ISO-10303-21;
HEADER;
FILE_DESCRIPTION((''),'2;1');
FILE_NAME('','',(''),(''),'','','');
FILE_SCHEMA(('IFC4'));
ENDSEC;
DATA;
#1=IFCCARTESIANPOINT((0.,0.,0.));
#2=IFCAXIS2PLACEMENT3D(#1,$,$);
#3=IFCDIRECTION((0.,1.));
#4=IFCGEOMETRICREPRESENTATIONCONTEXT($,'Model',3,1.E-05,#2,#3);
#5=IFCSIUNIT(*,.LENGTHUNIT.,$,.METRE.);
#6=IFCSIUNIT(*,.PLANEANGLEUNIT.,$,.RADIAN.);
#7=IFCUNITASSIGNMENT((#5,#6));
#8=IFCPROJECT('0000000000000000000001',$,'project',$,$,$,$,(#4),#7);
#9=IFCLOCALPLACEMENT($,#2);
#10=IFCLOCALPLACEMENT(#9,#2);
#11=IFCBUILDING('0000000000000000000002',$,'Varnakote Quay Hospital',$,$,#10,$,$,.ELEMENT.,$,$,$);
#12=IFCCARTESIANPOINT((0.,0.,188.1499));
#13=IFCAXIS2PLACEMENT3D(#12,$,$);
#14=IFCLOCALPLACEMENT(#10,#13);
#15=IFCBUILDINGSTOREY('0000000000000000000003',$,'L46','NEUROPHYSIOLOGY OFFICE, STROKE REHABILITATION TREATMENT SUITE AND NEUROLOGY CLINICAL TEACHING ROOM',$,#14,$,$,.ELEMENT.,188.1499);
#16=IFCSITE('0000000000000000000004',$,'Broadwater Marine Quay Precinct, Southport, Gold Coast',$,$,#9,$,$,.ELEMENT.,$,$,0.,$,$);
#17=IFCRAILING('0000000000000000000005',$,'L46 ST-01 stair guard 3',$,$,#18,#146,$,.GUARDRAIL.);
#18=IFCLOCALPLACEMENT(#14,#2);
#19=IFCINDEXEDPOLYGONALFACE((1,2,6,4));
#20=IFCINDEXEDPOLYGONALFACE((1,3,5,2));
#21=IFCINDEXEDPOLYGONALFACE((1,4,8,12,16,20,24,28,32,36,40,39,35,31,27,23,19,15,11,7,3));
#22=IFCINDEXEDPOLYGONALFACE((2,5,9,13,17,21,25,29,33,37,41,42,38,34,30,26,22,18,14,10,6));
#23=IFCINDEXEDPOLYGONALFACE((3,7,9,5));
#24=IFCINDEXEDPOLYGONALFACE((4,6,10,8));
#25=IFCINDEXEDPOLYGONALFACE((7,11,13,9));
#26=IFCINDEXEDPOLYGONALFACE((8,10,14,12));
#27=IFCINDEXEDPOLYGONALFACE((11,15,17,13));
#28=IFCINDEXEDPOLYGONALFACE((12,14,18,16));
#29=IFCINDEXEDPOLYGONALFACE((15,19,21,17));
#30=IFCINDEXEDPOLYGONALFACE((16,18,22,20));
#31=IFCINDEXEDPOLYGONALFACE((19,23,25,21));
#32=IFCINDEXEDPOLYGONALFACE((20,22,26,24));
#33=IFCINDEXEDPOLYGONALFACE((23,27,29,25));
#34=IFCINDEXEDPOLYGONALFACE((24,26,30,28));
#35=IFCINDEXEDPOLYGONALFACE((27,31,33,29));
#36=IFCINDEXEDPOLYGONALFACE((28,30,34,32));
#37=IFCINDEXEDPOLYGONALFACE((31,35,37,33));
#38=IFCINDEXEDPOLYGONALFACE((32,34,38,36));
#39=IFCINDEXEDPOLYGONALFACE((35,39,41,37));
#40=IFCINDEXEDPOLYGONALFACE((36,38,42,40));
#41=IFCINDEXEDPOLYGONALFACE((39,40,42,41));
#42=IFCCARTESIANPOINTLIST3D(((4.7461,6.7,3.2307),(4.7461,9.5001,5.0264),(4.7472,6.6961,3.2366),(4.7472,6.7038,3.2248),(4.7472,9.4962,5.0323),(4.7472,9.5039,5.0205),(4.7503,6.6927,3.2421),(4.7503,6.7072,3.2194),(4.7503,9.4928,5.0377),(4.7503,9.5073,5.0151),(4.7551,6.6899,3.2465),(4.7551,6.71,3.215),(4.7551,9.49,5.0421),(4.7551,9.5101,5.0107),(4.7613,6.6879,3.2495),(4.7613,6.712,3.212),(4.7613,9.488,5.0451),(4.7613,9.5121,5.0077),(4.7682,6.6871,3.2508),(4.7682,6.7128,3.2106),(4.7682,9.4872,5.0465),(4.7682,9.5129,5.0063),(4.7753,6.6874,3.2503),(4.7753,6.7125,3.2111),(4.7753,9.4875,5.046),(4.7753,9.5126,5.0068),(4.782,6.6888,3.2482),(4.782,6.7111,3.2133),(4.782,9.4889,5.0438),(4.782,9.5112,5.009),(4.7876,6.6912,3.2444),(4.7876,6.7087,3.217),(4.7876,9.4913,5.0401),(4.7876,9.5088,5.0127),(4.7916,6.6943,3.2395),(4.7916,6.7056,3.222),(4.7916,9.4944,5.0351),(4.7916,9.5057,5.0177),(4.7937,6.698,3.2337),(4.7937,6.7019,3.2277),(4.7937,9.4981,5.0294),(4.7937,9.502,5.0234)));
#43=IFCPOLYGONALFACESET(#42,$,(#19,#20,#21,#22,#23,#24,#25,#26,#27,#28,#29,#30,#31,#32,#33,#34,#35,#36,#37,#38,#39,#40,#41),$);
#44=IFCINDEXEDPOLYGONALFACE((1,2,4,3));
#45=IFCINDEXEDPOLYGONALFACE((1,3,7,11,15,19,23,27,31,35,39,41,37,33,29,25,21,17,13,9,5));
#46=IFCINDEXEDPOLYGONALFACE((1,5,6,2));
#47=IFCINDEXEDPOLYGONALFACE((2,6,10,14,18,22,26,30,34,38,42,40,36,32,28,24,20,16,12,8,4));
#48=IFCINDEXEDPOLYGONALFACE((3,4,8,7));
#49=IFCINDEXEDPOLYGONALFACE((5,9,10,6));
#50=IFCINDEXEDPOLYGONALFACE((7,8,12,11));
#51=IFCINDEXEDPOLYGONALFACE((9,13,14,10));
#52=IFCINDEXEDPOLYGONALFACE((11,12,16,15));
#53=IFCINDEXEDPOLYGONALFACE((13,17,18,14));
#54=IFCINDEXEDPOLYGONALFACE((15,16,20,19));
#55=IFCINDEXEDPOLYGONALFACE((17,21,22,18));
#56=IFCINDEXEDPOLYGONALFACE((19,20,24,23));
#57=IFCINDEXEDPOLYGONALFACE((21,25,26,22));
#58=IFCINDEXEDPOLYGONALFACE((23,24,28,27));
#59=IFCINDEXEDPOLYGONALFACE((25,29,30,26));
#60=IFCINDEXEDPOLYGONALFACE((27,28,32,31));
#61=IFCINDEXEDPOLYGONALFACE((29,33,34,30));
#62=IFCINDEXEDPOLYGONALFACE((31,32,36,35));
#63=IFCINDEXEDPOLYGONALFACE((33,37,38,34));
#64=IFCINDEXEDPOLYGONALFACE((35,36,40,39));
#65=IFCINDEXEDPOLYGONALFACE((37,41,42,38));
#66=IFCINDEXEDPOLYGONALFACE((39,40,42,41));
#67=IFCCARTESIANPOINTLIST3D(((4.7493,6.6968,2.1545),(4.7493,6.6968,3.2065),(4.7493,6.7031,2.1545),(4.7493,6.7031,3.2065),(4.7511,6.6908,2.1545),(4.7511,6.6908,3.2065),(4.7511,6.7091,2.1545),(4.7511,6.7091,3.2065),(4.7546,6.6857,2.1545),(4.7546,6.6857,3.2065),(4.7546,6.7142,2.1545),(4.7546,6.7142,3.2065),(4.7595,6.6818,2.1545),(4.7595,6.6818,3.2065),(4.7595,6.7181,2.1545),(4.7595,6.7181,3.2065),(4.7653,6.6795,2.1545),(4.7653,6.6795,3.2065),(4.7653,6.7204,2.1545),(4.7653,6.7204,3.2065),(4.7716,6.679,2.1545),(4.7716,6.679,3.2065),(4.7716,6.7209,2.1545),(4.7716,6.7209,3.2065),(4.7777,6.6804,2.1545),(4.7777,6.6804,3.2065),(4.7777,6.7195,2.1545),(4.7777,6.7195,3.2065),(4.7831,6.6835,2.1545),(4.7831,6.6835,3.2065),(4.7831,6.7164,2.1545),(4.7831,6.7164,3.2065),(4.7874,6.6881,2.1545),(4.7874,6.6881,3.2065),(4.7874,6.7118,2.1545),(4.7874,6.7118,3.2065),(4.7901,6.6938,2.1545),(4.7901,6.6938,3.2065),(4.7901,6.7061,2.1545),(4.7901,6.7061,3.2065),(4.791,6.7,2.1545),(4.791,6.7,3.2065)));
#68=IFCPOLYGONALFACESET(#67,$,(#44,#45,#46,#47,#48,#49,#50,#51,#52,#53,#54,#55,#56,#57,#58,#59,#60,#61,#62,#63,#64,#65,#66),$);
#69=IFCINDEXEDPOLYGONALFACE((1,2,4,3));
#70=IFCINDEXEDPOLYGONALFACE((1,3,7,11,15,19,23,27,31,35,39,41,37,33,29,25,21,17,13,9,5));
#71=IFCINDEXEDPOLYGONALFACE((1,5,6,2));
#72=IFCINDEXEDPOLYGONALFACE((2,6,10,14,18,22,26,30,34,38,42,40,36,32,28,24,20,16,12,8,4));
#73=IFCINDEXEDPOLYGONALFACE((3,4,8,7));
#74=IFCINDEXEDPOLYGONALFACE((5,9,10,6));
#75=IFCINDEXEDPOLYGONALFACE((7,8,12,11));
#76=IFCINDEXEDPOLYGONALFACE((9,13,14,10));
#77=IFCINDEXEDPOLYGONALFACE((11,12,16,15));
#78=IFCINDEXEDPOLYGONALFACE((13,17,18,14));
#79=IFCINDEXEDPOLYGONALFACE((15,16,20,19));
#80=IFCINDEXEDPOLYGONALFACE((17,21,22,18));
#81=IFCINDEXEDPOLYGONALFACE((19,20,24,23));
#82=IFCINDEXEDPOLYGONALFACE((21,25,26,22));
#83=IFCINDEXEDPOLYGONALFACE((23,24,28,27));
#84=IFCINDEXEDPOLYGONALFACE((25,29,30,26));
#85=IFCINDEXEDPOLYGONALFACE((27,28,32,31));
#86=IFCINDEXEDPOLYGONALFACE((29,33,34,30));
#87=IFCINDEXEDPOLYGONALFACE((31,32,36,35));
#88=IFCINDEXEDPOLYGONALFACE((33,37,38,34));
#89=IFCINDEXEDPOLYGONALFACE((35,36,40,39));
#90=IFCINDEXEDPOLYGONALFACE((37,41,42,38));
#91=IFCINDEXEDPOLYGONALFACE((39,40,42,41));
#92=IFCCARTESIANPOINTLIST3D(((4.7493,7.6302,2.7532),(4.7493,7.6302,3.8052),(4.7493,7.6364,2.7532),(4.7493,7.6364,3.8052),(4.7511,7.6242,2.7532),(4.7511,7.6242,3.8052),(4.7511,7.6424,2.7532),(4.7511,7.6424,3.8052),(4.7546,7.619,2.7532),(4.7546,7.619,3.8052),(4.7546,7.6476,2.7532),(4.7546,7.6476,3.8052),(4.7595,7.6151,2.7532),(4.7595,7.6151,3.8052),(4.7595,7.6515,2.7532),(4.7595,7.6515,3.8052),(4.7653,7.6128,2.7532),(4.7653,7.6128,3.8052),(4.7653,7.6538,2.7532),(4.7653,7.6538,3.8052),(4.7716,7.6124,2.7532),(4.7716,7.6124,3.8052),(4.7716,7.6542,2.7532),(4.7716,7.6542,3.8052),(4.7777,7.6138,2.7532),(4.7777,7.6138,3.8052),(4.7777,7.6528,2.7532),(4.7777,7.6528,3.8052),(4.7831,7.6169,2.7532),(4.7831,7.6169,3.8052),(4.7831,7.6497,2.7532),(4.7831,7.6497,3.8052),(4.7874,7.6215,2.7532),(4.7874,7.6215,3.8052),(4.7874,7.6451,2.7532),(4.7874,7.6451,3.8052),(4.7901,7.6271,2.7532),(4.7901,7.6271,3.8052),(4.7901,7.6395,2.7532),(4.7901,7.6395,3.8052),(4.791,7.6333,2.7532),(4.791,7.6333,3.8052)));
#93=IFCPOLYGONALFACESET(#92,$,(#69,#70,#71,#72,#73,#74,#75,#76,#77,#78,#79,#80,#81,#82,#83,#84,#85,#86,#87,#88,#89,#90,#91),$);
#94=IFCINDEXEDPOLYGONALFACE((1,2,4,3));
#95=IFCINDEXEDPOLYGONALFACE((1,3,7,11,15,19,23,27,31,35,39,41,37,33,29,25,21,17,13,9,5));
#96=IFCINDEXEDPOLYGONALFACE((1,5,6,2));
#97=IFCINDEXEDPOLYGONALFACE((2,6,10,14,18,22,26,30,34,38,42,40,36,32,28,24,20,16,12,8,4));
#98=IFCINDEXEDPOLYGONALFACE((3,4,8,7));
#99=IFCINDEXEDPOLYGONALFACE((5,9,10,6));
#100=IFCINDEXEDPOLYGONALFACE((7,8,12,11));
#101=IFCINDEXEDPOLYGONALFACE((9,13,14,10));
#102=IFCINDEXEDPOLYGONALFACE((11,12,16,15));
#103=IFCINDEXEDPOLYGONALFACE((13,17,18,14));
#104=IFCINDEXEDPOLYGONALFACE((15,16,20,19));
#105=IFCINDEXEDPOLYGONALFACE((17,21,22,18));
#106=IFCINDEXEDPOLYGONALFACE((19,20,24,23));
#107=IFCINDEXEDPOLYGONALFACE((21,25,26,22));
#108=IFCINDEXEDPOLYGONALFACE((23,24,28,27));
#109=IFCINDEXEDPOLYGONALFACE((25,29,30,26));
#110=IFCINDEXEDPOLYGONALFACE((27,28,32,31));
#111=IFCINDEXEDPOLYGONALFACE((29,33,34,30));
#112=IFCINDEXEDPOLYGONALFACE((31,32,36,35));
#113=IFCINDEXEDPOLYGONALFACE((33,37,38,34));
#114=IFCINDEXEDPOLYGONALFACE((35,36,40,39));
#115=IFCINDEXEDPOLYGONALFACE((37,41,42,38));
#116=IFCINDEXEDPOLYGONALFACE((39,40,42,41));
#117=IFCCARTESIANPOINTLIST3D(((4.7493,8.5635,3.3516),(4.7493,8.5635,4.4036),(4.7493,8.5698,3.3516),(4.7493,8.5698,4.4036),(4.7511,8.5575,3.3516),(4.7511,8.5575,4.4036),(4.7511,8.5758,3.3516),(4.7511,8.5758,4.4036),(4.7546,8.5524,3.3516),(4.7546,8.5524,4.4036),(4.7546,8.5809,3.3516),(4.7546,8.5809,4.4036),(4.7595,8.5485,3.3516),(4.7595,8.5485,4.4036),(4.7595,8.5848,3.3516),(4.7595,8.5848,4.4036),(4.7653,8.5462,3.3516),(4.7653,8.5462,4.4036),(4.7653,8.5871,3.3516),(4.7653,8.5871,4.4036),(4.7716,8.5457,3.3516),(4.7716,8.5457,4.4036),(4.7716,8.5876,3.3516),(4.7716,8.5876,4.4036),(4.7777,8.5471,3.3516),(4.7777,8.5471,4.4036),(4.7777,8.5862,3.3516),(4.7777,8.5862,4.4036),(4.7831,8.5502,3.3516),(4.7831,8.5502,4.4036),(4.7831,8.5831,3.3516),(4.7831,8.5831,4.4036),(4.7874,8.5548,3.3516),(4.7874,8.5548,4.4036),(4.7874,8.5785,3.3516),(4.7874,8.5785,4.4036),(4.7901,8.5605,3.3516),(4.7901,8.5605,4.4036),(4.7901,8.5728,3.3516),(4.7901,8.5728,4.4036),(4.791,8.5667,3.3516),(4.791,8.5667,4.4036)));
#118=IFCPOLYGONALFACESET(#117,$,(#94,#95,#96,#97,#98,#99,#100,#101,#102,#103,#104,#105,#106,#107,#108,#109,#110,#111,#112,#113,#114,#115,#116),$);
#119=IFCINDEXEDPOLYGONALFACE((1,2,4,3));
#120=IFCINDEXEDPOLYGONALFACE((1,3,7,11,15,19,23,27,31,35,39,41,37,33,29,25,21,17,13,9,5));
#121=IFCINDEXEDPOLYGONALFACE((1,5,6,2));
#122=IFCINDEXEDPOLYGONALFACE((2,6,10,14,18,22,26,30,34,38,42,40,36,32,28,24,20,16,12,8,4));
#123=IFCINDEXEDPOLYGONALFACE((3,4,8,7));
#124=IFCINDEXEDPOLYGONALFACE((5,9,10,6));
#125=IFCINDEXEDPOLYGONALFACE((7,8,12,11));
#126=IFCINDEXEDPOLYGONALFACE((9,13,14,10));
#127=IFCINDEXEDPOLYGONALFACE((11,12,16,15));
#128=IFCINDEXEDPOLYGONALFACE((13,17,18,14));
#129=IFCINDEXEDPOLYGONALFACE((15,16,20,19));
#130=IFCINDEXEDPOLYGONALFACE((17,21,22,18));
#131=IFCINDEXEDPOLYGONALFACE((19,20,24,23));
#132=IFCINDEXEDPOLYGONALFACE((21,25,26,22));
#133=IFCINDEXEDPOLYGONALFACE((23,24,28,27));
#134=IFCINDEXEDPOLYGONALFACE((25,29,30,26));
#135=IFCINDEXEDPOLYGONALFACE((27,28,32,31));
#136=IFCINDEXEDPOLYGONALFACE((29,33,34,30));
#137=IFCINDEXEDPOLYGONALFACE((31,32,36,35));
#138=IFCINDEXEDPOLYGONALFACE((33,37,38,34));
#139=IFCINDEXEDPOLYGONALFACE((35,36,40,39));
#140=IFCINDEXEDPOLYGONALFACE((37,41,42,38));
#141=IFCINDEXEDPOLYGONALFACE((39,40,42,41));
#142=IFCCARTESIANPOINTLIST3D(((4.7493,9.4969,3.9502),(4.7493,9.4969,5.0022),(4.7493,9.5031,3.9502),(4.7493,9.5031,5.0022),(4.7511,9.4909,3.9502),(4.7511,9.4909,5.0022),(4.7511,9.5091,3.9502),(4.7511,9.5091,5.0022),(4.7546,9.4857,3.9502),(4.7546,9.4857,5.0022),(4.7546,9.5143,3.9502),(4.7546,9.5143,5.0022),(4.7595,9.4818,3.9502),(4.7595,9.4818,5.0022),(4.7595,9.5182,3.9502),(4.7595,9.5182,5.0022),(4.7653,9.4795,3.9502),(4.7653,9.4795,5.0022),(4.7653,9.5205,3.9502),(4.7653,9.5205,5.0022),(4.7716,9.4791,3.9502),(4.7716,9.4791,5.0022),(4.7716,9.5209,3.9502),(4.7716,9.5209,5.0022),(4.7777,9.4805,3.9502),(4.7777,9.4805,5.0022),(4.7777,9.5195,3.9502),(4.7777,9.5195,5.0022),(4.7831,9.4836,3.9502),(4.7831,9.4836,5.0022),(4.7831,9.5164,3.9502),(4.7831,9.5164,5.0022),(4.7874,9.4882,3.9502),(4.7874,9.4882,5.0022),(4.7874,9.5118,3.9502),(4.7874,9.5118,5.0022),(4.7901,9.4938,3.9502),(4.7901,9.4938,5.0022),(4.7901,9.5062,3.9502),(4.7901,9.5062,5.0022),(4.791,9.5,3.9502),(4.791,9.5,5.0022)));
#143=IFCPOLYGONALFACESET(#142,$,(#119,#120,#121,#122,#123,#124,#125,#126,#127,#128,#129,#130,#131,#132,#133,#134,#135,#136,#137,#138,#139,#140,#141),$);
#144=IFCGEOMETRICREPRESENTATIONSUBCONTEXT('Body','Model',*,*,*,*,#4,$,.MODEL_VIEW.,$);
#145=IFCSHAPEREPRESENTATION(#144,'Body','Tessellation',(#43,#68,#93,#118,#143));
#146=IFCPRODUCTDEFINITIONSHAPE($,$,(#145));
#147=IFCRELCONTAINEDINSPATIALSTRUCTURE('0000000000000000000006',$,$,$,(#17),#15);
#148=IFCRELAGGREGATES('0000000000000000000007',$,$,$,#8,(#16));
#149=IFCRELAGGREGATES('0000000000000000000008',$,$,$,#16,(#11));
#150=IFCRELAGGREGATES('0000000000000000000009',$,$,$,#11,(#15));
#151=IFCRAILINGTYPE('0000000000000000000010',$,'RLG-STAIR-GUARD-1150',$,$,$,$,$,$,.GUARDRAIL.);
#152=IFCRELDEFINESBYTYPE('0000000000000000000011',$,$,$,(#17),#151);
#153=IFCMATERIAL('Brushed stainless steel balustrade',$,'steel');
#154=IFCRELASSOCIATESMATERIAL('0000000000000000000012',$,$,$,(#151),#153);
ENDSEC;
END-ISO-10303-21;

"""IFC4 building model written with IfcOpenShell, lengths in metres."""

from ifc_helpers import new_model, si_unit, direction, frame, origin, origin_2d, place, context, subcontext, project, spatial, circle, extrude, material, type_object, element, save


model = new_model("IFC4")

# Units and contexts
model_context = context("Model", 3, precision=1e-05, world=origin(), true_north=direction((0.0, 1.0)))
body_context = subcontext(model_context, "Body", "Model", "MODEL_VIEW")
ifc_project = project(units=[si_unit("LENGTHUNIT", "METRE"), si_unit("PLANEANGLEUNIT", "RADIAN")], contexts=[model_context])

# Site, building, storey
site_placement = place(None, origin())
site = spatial("IfcSite", under=ifc_project, at=site_placement, Name="Broadwater Marine Quay Precinct, Southport, Gold Coast", CompositionType="ELEMENT", RefElevation=0.0)
building_placement = place(site_placement, origin())
building = spatial("IfcBuilding", under=site, at=building_placement, Name="Varnakote Quay Hospital", CompositionType="ELEMENT")
storey_placement = place(building_placement, frame((0.0, 0.0, 188.1499)))
storey = spatial("IfcBuildingStorey", under=building, at=storey_placement, Name="L46", Description="NEUROPHYSIOLOGY OFFICE, STROKE REHABILITATION TREATMENT SUITE AND NEUROLOGY CLINICAL TEACHING ROOM", CompositionType="ELEMENT", Elevation=188.1499)

# Railing
ifc_material_1 = material(Name="Brushed stainless steel balustrade", Category="steel")
railing_type_1 = type_object("IfcRailingType", Name="RLG-STAIR-GUARD-1150", PredefinedType="GUARDRAIL", material=ifc_material_1)
railing_1_placement = place(storey_placement, frame((4.77, 6.7, 2.1545)))
element("IfcRailing", 1, at=railing_1_placement, inside=storey, type_object=railing_type_1, Name="L46 ST-01 stair guard 3", PredefinedType="GUARDRAIL", context=body_context, shape_type="SweptSolid", body=[
    extrude(circle(Radius=0.0239, at=origin_2d()), frame((0.0, 0.0, 1.0762), z_axis=(0.0, 0.841777, 0.539826), x_axis=(-1.0, 0.0, 0.0)), (0.0, 0.0, 1.0), 3.3264),
    extrude(circle(Radius=0.021, at=origin_2d()), origin(), (0.0, 0.0, 1.0), 1.052),
    extrude(circle(Radius=0.021, at=origin_2d()), frame((0.0, 0.9333, 0.5986)), (0.0, 0.0, 1.0), 1.052),
    extrude(circle(Radius=0.021, at=origin_2d()), frame((0.0, 1.8667, 1.197)), (0.0, 0.0, 1.0), 1.052),
    extrude(circle(Radius=0.021, at=origin_2d()), frame((0.0, 2.8, 1.7957)), (0.0, 0.0, 1.0), 1.052),
])

save(model, "model.ifc")
